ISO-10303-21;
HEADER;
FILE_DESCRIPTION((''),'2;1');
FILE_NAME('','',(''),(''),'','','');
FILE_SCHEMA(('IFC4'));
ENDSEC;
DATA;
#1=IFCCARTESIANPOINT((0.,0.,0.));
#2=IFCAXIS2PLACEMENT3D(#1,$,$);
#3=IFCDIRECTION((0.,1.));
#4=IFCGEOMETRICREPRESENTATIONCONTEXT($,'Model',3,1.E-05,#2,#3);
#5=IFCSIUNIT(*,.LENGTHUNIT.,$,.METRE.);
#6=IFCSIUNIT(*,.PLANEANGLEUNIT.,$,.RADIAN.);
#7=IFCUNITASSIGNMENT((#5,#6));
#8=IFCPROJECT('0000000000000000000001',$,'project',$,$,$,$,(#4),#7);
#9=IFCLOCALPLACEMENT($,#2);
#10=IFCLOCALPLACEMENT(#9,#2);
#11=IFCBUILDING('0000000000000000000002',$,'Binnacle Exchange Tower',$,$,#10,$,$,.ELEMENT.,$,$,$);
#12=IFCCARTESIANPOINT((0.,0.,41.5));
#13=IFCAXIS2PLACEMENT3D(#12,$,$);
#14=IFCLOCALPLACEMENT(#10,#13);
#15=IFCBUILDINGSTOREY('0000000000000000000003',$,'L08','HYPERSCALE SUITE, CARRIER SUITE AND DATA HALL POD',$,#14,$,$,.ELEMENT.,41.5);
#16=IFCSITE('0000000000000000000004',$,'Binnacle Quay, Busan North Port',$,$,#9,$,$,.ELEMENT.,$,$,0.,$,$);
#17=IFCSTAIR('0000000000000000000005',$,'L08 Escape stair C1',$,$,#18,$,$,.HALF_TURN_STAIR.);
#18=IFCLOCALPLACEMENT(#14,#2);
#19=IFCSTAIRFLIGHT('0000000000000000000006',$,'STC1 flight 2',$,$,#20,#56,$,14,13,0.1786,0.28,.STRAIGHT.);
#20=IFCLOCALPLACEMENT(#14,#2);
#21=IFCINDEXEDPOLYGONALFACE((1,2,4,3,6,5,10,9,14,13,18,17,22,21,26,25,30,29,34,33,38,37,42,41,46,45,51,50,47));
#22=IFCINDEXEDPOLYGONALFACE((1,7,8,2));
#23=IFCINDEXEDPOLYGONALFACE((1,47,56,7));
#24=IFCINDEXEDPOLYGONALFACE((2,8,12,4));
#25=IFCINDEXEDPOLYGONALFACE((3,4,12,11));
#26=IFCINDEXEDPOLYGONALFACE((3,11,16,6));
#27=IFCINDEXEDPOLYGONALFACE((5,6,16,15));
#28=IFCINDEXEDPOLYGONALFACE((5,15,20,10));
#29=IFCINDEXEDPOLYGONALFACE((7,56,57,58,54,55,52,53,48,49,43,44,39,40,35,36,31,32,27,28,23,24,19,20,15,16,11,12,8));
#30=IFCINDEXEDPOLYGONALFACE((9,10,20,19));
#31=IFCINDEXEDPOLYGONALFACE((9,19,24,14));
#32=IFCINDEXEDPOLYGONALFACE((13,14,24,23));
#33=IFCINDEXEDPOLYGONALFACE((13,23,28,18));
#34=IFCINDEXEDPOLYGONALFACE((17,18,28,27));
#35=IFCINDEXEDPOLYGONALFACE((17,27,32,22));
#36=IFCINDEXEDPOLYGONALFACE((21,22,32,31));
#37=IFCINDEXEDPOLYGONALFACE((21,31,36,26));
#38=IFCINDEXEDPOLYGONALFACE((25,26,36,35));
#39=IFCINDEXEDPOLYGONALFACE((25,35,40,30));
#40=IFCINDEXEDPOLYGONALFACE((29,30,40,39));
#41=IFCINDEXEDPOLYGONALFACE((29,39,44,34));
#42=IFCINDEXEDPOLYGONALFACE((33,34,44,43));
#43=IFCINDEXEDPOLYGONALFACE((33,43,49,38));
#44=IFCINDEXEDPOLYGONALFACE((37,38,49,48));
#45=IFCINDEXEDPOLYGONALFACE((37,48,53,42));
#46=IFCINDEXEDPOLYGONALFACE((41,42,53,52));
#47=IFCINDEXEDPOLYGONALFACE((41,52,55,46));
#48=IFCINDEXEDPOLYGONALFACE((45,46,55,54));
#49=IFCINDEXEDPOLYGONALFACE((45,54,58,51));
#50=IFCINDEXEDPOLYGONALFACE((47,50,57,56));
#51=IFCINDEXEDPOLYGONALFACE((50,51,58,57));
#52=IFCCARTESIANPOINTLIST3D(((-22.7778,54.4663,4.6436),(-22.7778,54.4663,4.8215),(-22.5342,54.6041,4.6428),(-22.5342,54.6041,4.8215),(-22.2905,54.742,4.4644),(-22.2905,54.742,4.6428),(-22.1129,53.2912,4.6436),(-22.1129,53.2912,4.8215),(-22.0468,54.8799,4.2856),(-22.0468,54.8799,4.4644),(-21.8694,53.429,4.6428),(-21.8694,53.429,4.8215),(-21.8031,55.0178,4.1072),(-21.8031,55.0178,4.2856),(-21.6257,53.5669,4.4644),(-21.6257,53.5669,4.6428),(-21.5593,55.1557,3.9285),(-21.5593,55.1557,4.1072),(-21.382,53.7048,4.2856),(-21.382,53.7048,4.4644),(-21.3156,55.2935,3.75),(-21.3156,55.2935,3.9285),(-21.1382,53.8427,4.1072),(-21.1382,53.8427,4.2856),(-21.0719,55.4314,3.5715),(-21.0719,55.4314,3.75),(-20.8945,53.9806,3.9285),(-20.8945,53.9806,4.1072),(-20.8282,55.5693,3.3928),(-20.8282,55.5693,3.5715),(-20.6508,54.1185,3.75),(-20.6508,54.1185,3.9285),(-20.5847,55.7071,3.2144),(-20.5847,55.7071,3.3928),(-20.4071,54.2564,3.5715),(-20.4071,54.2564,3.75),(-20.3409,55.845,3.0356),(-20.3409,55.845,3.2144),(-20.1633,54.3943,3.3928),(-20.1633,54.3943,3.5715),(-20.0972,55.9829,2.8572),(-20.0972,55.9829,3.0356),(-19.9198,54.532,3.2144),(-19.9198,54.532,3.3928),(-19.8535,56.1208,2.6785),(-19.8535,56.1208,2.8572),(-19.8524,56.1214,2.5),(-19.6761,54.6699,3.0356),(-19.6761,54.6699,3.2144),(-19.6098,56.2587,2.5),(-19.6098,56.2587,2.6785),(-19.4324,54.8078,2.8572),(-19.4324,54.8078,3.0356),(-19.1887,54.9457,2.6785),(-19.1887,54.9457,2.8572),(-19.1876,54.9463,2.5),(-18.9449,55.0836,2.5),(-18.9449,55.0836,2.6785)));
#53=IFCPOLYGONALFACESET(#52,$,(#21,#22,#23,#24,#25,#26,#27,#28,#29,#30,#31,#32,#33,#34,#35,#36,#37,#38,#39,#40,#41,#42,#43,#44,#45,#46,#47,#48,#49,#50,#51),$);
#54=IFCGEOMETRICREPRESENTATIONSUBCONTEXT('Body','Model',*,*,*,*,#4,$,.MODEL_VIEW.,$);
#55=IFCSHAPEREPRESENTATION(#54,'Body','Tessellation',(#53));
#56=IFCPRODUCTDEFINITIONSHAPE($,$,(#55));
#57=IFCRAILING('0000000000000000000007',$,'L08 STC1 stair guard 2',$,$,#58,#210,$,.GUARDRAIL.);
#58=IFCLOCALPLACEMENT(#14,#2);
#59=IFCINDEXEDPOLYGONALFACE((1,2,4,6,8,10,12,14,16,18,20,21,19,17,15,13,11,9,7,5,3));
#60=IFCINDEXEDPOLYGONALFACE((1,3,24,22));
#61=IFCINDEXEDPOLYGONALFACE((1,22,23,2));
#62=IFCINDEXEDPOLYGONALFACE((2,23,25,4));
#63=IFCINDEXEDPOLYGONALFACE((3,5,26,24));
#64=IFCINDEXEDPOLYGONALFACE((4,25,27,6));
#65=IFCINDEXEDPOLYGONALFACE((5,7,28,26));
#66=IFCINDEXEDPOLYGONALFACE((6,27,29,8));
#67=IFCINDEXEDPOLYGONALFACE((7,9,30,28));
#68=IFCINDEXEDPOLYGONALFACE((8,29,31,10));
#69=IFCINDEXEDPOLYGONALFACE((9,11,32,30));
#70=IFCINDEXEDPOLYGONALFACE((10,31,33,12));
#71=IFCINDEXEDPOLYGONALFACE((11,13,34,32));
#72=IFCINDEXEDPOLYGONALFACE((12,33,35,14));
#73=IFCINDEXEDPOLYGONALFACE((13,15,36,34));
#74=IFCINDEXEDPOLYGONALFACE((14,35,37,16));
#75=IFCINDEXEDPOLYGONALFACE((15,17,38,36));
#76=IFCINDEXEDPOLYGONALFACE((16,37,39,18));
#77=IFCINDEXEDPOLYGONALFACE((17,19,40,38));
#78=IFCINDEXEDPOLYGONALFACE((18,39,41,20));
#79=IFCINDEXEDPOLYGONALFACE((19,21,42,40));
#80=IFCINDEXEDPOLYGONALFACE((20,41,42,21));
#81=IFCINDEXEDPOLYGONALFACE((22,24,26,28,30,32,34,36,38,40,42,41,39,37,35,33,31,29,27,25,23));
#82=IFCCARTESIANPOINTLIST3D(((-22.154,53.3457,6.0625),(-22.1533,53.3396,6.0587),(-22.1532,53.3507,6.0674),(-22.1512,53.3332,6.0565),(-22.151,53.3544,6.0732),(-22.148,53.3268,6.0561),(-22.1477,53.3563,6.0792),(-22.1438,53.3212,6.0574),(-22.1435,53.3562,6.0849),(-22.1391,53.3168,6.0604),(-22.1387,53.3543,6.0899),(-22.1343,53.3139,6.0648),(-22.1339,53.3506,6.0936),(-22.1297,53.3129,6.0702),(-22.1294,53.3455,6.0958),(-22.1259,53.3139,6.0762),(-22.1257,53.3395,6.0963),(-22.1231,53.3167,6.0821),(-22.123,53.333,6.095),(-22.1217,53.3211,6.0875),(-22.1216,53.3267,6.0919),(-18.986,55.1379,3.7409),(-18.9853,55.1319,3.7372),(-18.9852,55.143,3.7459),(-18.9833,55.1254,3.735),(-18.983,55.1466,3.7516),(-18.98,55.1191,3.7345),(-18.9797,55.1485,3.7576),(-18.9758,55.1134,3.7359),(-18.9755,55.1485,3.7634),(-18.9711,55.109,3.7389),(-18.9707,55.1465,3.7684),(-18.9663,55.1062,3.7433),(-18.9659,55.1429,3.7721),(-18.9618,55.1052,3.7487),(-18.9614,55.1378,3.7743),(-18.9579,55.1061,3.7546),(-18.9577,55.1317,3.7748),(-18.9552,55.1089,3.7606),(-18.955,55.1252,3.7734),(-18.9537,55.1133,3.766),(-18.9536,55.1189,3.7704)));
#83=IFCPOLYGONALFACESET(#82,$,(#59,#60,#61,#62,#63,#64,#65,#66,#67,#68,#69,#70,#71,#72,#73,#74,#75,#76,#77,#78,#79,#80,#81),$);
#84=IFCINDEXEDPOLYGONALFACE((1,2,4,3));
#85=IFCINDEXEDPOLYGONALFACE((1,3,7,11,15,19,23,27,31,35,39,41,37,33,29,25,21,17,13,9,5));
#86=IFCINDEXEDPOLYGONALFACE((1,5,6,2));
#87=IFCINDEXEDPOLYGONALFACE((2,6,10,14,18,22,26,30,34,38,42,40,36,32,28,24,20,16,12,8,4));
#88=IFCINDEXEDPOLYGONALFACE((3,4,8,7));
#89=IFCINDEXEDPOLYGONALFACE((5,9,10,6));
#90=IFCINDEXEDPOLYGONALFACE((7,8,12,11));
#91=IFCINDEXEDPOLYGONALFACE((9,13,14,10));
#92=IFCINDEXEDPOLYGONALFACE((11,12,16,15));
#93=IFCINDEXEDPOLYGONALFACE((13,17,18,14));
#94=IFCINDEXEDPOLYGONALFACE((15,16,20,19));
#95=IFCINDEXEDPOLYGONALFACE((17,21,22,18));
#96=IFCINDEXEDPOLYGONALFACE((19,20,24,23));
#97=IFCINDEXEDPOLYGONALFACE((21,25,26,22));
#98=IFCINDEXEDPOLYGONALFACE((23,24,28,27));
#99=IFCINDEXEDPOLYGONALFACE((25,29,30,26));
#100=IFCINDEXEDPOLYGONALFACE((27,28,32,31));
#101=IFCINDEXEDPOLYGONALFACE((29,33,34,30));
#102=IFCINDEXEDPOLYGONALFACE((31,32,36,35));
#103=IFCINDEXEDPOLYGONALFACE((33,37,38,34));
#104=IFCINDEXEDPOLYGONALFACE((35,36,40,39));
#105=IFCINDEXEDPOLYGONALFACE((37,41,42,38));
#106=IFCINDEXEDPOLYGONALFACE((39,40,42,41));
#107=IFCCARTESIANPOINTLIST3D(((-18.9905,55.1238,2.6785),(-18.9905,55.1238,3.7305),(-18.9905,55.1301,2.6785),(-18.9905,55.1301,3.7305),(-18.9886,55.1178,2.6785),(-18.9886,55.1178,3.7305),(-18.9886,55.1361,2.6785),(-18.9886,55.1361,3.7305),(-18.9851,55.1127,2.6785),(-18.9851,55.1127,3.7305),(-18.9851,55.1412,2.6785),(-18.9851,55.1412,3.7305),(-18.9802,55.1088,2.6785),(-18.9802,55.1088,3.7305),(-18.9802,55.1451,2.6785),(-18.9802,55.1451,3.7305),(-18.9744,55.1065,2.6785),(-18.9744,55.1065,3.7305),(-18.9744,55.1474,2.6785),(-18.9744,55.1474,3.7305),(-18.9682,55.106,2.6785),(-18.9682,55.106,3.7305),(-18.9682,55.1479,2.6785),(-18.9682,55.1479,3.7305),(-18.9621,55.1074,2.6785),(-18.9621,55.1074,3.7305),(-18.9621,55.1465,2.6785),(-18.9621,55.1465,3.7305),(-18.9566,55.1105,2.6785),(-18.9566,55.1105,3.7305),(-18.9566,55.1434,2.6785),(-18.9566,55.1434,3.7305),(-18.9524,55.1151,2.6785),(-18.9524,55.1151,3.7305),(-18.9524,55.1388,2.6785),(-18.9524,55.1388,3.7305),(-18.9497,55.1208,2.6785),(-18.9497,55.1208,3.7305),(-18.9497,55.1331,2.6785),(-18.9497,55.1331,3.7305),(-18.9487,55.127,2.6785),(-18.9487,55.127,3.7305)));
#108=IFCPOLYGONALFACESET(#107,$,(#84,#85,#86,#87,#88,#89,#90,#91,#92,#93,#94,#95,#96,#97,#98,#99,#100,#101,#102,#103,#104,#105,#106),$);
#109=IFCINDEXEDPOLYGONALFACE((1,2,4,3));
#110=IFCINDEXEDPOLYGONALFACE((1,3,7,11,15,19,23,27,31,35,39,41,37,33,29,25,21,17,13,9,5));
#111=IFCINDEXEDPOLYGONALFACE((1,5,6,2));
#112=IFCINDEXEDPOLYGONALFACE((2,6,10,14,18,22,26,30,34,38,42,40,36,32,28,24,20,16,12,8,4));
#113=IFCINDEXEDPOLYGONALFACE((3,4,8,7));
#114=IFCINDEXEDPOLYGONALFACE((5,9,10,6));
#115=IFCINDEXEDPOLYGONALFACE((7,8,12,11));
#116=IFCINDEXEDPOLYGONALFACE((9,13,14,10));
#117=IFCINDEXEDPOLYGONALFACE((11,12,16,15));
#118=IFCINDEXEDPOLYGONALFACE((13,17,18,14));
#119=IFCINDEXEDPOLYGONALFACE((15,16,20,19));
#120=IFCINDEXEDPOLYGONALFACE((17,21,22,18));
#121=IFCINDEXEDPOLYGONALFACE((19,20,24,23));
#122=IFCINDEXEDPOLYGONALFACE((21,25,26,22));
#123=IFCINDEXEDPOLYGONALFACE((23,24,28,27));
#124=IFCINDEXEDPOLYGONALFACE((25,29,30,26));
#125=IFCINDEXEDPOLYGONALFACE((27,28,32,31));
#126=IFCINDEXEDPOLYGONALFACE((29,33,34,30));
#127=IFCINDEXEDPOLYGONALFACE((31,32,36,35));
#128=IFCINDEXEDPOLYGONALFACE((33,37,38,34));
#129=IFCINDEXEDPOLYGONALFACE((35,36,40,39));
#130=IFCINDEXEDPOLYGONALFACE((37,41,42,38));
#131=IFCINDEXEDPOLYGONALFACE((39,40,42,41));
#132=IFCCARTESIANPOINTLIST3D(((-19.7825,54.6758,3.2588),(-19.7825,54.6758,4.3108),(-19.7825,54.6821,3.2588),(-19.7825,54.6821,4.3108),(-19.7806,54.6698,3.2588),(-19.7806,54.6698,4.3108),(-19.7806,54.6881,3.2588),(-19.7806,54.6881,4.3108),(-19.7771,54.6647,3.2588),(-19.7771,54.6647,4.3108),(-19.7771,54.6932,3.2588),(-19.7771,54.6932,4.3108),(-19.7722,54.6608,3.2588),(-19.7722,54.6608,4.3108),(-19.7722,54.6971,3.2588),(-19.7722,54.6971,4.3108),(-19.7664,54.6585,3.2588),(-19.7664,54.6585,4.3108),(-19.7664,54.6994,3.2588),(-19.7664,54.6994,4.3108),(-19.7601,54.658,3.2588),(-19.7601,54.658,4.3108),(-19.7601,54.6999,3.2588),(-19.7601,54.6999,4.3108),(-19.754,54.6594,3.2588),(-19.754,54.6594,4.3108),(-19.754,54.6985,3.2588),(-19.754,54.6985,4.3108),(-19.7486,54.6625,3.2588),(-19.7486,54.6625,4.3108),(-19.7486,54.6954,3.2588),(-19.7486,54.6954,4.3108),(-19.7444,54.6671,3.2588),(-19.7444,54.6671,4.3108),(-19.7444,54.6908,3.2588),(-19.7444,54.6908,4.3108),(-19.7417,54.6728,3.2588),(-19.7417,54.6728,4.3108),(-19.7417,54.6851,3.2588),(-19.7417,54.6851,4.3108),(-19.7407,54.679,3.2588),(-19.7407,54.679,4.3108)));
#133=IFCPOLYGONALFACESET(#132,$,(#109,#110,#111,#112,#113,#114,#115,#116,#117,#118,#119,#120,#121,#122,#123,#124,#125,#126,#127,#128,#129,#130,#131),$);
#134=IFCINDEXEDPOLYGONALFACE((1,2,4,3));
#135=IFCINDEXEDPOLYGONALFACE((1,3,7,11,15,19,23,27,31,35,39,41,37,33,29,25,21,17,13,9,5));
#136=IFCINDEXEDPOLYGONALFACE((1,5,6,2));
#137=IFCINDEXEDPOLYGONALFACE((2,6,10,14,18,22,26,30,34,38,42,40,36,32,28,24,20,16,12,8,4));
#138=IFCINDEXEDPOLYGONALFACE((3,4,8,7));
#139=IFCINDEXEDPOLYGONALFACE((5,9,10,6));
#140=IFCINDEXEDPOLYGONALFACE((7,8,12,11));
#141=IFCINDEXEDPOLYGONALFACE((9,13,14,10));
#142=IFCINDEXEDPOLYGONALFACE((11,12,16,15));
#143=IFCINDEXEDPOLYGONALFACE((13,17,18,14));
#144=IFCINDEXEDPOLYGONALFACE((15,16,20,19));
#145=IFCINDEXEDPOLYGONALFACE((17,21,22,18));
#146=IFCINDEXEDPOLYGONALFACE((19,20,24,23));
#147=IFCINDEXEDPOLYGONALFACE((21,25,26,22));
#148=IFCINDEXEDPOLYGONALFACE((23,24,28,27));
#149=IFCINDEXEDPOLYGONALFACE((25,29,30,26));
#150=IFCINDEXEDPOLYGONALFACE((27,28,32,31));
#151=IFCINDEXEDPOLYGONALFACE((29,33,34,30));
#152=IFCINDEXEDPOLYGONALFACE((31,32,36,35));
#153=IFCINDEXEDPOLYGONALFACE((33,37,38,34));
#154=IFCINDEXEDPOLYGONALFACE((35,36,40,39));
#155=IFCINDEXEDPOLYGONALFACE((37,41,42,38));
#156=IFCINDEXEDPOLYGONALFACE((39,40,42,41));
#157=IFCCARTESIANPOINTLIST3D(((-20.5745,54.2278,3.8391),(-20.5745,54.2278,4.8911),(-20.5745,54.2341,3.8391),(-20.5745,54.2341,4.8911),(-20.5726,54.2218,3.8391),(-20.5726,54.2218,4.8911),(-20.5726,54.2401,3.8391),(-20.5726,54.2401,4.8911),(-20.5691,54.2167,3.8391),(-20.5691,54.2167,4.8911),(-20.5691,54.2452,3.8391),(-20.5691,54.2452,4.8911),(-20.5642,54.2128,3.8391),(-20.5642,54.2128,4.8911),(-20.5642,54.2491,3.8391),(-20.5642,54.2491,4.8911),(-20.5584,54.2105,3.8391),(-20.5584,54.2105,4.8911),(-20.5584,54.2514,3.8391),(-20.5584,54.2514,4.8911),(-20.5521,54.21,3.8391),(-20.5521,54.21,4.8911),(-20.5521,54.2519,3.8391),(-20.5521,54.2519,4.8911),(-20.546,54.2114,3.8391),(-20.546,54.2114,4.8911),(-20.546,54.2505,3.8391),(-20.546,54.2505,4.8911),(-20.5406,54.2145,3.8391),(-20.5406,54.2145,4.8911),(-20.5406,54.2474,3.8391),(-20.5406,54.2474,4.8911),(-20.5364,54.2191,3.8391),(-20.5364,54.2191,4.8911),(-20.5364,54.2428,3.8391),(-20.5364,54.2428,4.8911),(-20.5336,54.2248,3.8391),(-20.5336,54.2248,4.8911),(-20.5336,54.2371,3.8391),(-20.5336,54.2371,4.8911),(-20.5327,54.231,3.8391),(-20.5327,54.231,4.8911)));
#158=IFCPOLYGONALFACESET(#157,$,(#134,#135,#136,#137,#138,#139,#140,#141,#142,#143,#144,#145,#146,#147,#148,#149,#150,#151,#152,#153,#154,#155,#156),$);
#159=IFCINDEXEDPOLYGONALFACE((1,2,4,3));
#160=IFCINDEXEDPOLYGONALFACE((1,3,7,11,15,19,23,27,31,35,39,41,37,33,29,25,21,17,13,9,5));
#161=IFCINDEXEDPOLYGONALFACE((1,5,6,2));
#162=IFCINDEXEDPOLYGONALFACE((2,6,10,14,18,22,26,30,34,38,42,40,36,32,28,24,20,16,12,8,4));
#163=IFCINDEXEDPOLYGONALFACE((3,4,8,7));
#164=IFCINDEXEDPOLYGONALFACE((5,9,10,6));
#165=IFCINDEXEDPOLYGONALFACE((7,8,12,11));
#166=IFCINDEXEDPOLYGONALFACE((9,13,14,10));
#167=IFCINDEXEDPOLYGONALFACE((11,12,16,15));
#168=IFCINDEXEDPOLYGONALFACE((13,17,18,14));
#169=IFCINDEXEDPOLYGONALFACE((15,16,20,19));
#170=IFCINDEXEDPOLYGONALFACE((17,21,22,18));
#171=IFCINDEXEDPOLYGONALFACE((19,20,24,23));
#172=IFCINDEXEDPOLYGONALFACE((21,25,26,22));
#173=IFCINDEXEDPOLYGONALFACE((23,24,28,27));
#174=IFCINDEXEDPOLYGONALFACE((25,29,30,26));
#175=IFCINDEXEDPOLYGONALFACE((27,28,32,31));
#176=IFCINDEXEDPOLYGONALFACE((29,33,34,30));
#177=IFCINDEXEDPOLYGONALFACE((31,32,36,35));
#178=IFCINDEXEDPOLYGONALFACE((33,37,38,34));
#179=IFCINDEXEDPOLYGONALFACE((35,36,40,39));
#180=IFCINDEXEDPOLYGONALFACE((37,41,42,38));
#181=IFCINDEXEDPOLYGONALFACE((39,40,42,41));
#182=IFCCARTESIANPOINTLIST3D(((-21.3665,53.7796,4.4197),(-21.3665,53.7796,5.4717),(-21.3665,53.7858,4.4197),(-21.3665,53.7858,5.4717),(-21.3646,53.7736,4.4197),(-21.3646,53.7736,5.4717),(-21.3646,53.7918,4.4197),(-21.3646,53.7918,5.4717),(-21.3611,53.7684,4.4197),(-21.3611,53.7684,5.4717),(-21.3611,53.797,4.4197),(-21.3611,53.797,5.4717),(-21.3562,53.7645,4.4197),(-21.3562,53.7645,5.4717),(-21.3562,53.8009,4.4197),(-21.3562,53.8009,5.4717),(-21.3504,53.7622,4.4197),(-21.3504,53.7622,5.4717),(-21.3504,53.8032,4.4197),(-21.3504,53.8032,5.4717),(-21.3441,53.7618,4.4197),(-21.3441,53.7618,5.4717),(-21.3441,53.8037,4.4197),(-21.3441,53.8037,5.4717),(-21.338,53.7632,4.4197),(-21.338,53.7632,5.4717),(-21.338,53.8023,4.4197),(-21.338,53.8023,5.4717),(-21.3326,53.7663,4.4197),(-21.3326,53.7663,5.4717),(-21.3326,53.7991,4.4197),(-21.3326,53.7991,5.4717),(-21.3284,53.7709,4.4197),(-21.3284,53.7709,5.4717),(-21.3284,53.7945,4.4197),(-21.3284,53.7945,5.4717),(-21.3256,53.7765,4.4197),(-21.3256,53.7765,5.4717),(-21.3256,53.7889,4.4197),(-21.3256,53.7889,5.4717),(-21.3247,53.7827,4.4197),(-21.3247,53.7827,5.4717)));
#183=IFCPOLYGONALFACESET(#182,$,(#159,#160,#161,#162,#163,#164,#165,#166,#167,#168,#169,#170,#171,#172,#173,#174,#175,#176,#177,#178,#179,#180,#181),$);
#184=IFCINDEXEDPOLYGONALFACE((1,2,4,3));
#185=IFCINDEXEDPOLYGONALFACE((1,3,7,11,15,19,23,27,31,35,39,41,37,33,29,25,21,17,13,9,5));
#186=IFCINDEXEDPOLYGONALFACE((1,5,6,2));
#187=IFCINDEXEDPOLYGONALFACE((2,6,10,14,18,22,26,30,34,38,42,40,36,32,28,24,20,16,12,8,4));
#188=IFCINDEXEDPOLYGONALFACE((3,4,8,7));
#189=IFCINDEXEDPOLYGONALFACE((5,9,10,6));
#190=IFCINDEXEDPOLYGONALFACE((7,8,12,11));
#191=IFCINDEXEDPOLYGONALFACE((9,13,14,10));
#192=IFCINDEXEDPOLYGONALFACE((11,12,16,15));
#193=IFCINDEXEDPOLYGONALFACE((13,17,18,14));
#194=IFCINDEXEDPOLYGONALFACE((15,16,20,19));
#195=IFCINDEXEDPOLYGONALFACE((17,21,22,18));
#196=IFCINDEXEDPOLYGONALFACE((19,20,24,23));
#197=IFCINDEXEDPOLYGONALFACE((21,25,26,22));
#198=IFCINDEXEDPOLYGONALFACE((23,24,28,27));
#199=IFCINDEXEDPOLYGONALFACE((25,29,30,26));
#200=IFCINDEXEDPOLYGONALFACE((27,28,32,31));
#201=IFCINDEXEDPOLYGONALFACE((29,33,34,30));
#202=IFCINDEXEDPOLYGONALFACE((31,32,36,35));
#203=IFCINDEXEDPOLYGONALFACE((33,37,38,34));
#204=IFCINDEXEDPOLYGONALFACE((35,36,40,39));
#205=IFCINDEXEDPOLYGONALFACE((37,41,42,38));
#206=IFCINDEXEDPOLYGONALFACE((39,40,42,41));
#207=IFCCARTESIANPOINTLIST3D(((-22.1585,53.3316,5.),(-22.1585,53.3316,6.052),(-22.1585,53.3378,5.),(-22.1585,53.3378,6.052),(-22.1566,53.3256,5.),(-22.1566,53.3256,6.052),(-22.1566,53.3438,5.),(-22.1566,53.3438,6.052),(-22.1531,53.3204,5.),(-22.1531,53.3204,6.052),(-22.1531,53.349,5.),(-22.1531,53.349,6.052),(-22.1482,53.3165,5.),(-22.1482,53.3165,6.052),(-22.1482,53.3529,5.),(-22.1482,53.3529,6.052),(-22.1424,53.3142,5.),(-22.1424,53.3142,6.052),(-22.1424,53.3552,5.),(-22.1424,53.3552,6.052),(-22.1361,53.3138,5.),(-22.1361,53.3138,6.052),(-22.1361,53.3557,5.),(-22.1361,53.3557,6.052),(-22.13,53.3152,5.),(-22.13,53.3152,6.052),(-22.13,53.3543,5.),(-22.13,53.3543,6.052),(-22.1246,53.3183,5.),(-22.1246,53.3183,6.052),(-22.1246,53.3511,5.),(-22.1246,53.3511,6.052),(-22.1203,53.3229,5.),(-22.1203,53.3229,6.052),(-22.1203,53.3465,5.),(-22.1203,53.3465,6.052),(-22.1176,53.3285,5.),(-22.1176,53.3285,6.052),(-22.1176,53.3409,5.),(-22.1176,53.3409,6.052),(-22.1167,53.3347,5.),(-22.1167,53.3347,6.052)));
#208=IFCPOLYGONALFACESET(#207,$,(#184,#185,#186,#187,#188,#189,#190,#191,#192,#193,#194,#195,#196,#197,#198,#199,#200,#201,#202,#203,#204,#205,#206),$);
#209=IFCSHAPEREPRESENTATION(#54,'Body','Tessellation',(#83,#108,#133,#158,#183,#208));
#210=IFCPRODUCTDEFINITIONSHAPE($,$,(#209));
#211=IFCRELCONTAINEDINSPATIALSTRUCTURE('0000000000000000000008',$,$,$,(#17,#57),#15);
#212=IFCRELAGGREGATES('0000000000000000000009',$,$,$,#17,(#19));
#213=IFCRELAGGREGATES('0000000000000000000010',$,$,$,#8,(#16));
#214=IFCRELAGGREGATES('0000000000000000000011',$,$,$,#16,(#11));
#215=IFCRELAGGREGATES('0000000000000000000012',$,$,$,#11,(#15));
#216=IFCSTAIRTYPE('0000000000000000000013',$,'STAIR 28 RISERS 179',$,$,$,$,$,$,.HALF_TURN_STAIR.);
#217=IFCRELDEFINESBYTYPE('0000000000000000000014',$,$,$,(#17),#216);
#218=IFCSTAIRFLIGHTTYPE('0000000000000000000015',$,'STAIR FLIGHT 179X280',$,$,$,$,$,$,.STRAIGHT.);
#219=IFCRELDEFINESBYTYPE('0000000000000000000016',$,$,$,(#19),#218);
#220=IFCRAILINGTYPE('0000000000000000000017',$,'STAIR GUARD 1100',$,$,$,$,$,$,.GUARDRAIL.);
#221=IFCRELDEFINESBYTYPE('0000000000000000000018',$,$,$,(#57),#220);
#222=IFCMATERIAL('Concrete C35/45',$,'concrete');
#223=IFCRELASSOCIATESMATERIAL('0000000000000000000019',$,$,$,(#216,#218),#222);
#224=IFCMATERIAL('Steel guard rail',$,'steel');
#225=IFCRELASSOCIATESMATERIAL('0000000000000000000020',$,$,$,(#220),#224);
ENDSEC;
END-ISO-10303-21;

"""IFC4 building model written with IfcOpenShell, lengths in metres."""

from ifc_helpers import new_model, si_unit, direction, frame, origin, origin_2d, place, context, subcontext, project, spatial, polyline, circle, outline, extrude, material, type_object, element, aggregate, save


model = new_model("IFC4")

# Units and contexts
model_context = context("Model", 3, precision=1e-05, world=origin(), true_north=direction((0.0, 1.0)))
body_context = subcontext(model_context, "Body", "Model", "MODEL_VIEW")
ifc_project = project(units=[si_unit("LENGTHUNIT", "METRE"), si_unit("PLANEANGLEUNIT", "RADIAN")], contexts=[model_context])

# Site, building, storey
site_placement = place(None, origin())
site = spatial("IfcSite", under=ifc_project, at=site_placement, Name="Binnacle Quay, Busan North Port", CompositionType="ELEMENT", RefElevation=0.0)
building_placement = place(site_placement, origin())
building = spatial("IfcBuilding", under=site, at=building_placement, Name="Binnacle Exchange Tower", CompositionType="ELEMENT")
storey_placement = place(building_placement, frame((0.0, 0.0, 41.5)))
storey = spatial("IfcBuildingStorey", under=building, at=storey_placement, Name="L08", Description="HYPERSCALE SUITE, CARRIER SUITE AND DATA HALL POD", CompositionType="ELEMENT", Elevation=41.5)

# Stair, stair flight
ifc_material_1 = material(Name="Concrete C35/45", Category="concrete")
stair_type = type_object("IfcStairType", Name="STAIR 28 RISERS 179", PredefinedType="HALF_TURN_STAIR", material=ifc_material_1)
stair_placement = place(storey_placement, origin())
stair = element("IfcStair", 1, at=stair_placement, inside=storey, type_object=stair_type, Name="L08 Escape stair C1", PredefinedType="HALF_TURN_STAIR")
stair_flight_type = type_object("IfcStairFlightType", Name="STAIR FLIGHT 179X280", PredefinedType="STRAIGHT", material=ifc_material_1)
stair_flight_1_placement = place(storey_placement, frame((-19.2773, 55.6711, 2.5), z_axis=(0.0, 0.0, 1.0), x_axis=(-0.870356, -0.492424, 0.0)))
stair_flight_1 = element("IfcStairFlight", 2, at=stair_flight_1_placement, type_object=stair_flight_type, Name="STC1 flight 2", NumberOfRisers=14, NumberOfTreads=13, PredefinedType="STRAIGHT", RiserHeight=0.1786, TreadLength=0.28, context=body_context, shape_type="SweptSolid", body=[
    extrude(outline(polyline([(0.0, 0.0), (0.0, 0.1785), (0.28, 0.1785), (0.28, 0.3572), (0.5601, 0.3572), (0.5601, 0.5356), (0.8401, 0.5356), (0.8401, 0.7144), (1.1201, 0.7144), (1.1201, 0.8928), (1.3999, 0.8928), (1.3999, 1.0715), (1.6799, 1.0715), (1.6799, 1.25), (1.96, 1.25), (1.96, 1.4285), (2.24, 1.4285), (2.24, 1.6072), (2.52, 1.6072), (2.52, 1.7856), (2.8, 1.7856), (2.8, 1.9644), (3.0801, 1.9644), (3.0801, 2.1428), (3.3601, 2.1428), (3.3601, 2.3215), (3.6399, 2.3215), (3.6399, 2.5), (3.6399, 2.1436), (0.2788, 0.0), (0.0, 0.0)])), frame((0.0, 0.675, 0.0), z_axis=(0.0, -1.0, 0.0), x_axis=(1.0, 0.0, 0.0)), (0.0, 0.0, 1.0), 1.3501),
])
aggregate(stair, [stair_flight_1])

# Railing
ifc_material_2 = material(Name="Steel guard rail", Category="steel")
railing_type_1 = type_object("IfcRailingType", Name="STAIR GUARD 1100", PredefinedType="GUARDRAIL", material=ifc_material_2)
railing_1_placement = place(storey_placement, frame((-18.9697, 55.127, 2.6785)))
element("IfcRailing", 3, at=railing_1_placement, inside=storey, type_object=railing_type_1, Name="L08 STC1 stair guard 2", PredefinedType="GUARDRAIL", context=body_context, shape_type="SweptSolid", body=[
    extrude(circle(Radius=0.0239, at=origin_2d()), frame((0.0, 0.0, 1.0762), z_axis=(-0.733813, -0.415145, 0.537749), x_axis=(0.4924, -0.870369, 0.0)), (0.0, 0.0, 1.0), 4.3171),
    extrude(circle(Radius=0.021, at=origin_2d()), origin(), (0.0, 0.0, 1.0), 1.052),
    extrude(circle(Radius=0.021, at=origin_2d()), frame((-0.792, -0.448, 0.5803)), (0.0, 0.0, 1.0), 1.052),
    extrude(circle(Radius=0.021, at=origin_2d()), frame((-1.584, -0.896, 1.1606)), (0.0, 0.0, 1.0), 1.052),
    extrude(circle(Radius=0.021, at=origin_2d()), frame((-2.376, -1.3442, 1.7412)), (0.0, 0.0, 1.0), 1.052),
    extrude(circle(Radius=0.021, at=origin_2d()), frame((-3.168, -1.7922, 2.3215)), (0.0, 0.0, 1.0), 1.052),
])

save(model, "model.ifc")
